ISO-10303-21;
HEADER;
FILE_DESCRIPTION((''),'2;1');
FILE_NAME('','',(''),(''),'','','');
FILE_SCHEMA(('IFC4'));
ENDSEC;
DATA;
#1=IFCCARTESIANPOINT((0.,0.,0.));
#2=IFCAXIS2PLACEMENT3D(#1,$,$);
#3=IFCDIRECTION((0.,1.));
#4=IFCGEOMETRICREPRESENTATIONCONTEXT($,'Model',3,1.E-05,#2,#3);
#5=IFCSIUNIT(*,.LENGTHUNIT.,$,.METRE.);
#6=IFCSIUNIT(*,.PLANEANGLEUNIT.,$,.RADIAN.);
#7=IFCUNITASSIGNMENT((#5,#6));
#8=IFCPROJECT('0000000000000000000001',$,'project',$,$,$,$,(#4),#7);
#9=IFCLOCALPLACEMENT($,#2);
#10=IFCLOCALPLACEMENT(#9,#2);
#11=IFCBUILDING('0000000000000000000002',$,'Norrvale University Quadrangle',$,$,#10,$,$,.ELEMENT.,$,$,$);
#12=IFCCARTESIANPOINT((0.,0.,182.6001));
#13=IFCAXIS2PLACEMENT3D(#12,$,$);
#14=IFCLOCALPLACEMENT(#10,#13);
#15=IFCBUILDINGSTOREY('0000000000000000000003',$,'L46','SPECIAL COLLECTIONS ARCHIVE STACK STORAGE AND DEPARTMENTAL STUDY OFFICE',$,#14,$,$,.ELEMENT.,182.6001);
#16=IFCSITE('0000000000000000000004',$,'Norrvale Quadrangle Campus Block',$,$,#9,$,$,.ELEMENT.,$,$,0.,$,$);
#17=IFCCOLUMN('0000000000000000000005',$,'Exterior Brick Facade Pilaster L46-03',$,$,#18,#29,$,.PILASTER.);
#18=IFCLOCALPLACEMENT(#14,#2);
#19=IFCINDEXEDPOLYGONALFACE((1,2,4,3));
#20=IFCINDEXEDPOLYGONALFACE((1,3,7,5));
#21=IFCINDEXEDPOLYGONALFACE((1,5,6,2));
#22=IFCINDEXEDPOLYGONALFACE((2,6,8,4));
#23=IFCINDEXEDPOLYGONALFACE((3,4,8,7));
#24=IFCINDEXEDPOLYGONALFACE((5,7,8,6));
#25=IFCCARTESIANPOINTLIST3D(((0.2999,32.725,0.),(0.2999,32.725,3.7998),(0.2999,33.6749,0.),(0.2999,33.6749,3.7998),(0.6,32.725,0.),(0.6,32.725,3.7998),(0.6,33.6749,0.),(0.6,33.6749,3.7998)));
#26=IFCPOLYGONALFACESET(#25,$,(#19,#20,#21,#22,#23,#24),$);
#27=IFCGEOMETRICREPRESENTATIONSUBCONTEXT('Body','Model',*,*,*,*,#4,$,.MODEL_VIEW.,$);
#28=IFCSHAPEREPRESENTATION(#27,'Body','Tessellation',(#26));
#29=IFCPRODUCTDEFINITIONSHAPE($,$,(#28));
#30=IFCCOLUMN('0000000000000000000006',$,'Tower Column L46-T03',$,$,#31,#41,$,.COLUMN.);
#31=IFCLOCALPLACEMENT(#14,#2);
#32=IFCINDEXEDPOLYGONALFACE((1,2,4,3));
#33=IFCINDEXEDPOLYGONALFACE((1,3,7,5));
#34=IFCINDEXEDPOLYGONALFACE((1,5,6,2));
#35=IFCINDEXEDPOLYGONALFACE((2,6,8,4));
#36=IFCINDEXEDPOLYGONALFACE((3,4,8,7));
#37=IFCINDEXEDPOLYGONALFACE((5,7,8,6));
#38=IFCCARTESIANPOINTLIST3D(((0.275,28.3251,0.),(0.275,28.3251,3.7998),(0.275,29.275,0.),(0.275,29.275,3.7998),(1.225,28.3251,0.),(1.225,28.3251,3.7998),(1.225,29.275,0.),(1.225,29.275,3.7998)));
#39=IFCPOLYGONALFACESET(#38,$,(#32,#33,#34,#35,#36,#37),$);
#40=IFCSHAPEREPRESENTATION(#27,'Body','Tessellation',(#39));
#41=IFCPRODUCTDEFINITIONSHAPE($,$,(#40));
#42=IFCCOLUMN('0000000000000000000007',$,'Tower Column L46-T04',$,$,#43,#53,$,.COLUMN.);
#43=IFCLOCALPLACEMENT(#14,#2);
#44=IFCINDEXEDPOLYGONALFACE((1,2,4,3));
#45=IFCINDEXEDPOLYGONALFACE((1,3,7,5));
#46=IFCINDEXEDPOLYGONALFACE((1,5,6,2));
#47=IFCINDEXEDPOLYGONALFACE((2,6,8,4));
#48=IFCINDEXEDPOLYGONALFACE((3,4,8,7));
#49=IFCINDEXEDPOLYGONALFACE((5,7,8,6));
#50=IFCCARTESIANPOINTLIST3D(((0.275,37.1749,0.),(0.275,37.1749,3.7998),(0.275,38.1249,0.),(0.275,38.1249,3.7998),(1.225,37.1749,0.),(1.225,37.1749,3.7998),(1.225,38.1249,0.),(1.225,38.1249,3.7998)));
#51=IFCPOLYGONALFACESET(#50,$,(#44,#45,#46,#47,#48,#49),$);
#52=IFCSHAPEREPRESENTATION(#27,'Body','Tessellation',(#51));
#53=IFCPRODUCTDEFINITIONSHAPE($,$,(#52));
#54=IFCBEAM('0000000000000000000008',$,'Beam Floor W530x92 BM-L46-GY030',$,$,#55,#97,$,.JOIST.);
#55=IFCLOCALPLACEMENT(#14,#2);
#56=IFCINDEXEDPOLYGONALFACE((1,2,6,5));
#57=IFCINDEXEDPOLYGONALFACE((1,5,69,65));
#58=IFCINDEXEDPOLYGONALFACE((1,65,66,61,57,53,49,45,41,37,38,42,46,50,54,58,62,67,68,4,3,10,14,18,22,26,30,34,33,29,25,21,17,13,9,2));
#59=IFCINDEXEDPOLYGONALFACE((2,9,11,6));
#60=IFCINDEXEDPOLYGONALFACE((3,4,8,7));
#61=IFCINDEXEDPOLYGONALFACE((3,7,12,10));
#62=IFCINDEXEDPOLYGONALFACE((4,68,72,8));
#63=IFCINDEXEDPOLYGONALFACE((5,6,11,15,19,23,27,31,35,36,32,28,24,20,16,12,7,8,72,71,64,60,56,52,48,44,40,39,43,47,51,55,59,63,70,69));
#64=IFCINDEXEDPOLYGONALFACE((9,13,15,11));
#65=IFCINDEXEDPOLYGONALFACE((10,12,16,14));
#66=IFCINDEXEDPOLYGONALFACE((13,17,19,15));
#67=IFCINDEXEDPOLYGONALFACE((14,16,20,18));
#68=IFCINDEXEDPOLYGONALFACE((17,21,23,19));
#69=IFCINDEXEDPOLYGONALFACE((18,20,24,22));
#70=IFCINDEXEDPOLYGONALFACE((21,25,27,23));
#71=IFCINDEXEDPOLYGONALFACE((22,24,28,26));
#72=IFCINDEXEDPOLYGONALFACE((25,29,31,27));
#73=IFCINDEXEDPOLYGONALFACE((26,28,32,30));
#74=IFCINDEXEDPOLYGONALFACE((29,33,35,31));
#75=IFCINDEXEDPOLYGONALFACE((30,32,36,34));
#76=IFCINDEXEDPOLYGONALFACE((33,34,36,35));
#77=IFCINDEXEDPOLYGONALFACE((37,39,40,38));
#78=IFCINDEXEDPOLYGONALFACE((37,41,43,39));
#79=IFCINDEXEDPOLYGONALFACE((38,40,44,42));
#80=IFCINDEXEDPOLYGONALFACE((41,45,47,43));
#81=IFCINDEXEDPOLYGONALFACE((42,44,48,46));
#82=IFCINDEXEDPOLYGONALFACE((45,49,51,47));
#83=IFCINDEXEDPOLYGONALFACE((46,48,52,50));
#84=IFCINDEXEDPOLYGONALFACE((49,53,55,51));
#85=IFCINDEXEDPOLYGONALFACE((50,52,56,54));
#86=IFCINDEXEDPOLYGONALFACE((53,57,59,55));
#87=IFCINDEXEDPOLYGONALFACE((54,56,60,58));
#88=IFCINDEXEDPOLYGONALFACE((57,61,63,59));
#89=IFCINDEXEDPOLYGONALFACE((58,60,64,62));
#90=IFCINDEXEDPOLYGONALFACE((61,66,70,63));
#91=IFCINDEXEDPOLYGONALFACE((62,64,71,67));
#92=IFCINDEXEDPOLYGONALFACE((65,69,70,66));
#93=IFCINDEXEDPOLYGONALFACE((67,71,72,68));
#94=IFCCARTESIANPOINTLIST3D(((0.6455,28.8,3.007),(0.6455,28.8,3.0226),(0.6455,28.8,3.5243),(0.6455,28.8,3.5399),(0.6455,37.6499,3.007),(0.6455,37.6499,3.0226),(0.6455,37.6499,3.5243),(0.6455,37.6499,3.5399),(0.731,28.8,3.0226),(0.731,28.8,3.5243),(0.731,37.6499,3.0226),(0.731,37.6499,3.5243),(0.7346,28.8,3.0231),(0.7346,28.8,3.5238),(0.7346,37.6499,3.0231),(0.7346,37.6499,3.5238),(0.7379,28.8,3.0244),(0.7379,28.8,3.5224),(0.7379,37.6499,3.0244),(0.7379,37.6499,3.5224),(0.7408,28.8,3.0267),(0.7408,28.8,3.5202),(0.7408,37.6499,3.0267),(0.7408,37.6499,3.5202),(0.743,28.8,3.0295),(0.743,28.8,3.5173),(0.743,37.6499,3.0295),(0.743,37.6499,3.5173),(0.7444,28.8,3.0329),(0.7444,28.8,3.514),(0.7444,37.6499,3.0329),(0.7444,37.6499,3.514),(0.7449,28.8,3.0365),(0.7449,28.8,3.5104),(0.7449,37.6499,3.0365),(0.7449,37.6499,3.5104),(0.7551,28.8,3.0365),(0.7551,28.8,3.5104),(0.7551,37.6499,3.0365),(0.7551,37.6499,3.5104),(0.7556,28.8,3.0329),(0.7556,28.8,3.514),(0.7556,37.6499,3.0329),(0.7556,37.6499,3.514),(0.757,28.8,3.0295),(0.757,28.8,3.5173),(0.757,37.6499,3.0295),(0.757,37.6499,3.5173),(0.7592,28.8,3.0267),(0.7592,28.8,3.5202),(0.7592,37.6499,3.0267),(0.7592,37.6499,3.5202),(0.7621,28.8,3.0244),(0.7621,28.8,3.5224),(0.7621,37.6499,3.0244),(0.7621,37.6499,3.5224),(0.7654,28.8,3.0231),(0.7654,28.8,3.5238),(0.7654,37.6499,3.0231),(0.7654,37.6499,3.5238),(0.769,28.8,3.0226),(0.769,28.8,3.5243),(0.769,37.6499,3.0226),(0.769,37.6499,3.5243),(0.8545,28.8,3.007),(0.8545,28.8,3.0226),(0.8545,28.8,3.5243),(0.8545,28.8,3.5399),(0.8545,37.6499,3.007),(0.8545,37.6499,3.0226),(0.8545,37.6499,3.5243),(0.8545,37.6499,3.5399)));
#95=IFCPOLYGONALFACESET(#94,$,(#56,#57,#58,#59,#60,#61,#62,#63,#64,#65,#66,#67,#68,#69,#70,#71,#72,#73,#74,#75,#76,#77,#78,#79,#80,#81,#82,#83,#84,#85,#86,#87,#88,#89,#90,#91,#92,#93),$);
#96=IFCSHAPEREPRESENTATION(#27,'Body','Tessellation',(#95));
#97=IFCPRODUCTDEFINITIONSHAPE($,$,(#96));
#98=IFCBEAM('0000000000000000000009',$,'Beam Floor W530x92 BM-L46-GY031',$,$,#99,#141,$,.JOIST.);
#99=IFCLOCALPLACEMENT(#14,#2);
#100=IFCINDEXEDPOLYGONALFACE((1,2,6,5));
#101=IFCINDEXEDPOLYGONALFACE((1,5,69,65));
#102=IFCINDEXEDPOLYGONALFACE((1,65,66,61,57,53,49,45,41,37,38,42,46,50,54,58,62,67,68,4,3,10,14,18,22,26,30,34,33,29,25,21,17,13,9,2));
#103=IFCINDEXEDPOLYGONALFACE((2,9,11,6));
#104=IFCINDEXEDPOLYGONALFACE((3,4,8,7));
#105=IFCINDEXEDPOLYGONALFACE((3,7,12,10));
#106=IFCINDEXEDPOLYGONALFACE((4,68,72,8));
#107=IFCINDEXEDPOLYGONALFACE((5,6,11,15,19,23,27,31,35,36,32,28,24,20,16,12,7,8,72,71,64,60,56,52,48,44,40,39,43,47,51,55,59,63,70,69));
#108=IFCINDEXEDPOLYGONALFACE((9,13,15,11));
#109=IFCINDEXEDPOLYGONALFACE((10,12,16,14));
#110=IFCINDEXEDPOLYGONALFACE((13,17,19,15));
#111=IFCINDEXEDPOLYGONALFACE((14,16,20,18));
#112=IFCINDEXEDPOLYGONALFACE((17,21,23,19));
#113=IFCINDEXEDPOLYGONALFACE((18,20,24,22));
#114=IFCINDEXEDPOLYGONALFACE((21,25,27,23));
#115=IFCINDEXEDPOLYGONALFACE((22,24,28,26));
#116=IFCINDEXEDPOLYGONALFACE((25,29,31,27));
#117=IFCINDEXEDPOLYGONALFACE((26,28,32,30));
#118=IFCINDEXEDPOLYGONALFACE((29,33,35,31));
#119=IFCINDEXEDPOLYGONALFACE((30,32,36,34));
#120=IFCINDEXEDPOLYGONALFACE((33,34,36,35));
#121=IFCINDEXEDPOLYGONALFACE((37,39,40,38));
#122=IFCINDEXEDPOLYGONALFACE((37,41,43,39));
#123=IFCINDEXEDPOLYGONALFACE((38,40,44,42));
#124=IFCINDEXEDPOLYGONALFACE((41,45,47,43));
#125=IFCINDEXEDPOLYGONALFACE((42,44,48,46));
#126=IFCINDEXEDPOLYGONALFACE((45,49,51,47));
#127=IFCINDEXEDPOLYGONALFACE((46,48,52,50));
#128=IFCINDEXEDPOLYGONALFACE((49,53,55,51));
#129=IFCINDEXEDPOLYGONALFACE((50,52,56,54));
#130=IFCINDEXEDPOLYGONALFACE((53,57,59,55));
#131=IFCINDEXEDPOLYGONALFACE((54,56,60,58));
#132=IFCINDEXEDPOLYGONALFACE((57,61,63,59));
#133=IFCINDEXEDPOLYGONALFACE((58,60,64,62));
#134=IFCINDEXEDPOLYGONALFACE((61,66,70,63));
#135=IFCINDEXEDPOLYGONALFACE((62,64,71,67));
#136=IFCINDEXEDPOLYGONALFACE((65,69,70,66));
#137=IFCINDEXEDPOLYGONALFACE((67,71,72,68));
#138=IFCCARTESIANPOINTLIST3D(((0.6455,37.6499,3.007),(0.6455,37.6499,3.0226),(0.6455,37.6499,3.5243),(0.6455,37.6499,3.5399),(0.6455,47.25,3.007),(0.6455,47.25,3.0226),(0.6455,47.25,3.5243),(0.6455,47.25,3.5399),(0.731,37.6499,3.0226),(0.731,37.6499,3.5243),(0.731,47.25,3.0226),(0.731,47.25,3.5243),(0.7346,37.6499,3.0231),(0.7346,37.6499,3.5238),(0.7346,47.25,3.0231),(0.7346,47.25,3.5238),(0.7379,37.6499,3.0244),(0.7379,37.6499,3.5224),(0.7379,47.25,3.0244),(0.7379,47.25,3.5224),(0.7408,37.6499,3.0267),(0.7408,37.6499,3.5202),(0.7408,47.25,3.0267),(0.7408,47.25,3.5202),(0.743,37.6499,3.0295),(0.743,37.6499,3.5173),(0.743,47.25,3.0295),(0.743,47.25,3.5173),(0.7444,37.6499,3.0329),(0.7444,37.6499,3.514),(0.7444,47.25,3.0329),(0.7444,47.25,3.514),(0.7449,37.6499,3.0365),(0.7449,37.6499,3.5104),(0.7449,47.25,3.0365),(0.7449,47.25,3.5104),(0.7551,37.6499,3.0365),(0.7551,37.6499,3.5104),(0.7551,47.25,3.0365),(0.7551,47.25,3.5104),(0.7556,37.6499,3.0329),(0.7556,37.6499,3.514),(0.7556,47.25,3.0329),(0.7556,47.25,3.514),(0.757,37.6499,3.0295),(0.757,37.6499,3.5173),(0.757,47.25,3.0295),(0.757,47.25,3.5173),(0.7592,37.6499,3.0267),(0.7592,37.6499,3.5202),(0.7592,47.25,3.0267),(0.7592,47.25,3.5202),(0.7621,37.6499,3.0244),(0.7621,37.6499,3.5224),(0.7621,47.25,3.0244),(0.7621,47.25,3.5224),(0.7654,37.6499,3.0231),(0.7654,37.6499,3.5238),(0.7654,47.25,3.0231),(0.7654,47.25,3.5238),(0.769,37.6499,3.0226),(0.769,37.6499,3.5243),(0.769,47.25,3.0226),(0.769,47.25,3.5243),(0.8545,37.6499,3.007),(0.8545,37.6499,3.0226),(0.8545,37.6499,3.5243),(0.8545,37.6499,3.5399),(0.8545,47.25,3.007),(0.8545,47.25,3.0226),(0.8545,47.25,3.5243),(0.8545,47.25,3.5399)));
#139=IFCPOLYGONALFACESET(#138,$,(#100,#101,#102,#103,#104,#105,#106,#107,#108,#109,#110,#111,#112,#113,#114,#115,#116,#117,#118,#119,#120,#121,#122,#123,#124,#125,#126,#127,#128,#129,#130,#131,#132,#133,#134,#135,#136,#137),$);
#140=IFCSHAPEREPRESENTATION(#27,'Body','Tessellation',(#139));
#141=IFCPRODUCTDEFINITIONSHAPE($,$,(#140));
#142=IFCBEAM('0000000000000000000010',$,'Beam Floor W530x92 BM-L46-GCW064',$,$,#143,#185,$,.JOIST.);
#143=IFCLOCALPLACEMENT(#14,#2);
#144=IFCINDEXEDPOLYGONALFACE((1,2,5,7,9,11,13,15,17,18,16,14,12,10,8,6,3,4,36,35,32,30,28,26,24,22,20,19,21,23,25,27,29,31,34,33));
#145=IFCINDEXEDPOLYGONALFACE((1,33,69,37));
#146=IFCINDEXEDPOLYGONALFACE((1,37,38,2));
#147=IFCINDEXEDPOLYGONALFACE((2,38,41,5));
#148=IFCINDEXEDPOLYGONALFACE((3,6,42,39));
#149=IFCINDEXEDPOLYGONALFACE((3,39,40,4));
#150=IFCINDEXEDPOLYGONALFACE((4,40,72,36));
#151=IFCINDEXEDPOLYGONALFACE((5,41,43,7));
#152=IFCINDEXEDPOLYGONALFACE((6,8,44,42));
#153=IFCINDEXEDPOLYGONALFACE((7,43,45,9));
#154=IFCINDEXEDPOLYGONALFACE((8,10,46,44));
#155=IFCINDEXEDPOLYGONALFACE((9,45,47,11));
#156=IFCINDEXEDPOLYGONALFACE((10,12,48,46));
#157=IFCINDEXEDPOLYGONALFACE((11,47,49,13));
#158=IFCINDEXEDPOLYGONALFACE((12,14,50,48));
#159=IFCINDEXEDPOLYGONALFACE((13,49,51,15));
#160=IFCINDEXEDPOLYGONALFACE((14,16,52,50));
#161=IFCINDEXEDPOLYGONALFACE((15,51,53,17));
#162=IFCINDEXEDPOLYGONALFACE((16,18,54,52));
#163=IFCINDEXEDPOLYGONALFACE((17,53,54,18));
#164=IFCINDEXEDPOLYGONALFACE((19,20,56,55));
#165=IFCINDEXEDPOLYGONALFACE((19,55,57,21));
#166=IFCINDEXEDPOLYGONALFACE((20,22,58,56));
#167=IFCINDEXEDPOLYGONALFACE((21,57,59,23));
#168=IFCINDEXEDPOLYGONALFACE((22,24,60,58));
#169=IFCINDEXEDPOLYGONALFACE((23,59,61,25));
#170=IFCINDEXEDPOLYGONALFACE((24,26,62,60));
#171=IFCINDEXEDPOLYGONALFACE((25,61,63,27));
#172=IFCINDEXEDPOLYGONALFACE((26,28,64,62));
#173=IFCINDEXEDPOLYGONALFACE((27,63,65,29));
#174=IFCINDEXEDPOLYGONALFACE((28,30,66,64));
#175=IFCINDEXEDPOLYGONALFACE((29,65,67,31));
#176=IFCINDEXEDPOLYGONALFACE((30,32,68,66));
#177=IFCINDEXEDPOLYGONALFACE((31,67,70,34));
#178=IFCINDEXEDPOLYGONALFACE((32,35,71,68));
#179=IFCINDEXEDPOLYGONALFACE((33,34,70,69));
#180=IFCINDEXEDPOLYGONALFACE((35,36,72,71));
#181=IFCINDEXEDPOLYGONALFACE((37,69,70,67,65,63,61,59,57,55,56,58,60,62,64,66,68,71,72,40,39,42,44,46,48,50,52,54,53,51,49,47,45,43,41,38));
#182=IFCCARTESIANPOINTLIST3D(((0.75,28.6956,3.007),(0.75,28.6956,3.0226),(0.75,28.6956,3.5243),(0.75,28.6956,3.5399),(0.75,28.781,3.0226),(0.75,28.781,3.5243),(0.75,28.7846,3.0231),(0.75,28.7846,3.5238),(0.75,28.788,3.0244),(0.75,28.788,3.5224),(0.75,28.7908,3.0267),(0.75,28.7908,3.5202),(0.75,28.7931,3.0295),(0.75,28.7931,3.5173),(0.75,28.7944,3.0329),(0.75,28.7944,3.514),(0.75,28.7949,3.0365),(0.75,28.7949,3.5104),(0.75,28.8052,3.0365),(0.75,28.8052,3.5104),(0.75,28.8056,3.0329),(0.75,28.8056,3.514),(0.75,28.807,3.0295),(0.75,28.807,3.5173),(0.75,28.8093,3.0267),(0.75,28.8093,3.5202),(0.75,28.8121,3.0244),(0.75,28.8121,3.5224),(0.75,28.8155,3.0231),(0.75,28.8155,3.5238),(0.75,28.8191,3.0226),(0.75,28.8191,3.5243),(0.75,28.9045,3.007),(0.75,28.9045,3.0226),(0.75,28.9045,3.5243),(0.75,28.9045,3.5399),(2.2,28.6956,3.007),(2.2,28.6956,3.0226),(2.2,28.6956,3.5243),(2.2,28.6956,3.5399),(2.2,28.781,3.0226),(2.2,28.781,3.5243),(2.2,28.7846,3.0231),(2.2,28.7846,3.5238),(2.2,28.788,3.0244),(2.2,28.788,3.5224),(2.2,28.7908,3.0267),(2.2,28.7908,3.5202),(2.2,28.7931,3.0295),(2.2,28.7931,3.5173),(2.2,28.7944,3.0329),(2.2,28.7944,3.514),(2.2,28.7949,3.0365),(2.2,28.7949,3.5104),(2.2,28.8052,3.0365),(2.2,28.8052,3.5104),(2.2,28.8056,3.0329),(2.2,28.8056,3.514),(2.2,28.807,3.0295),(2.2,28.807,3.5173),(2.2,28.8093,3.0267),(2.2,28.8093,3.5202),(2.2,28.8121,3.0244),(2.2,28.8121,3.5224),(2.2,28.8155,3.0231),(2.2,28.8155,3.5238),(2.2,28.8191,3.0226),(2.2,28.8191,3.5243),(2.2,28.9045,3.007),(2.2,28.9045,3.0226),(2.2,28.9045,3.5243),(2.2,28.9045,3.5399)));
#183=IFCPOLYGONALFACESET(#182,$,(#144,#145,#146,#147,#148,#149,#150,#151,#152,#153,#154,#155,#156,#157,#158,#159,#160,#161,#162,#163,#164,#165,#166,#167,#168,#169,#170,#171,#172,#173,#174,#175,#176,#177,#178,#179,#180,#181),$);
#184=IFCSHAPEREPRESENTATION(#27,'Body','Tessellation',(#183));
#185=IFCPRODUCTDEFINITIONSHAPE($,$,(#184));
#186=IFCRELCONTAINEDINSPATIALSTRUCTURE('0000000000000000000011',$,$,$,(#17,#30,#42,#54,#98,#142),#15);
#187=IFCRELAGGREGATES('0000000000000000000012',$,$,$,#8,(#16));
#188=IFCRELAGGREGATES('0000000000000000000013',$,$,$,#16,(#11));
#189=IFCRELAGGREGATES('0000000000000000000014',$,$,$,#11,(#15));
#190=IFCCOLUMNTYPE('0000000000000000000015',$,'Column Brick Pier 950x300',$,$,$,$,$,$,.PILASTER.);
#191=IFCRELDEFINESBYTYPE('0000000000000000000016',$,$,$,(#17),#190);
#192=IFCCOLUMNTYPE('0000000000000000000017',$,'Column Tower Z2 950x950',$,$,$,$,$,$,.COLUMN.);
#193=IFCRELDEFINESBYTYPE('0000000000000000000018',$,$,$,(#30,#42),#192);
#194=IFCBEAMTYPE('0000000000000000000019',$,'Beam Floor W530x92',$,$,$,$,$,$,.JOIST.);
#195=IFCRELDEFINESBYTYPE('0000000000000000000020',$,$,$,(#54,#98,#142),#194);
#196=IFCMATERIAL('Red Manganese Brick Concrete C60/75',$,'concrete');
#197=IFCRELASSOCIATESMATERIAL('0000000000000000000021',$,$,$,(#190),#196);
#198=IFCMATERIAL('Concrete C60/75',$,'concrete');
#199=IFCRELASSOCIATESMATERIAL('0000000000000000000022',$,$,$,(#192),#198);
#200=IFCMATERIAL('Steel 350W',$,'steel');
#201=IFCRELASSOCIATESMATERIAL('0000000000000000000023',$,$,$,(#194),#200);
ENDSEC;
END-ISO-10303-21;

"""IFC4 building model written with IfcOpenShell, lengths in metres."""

from ifc_helpers import new_model, si_unit, direction, frame, origin, origin_2d, place, context, subcontext, project, spatial, rectangle, i_section, extrude, material, material_profile, profile_set, type_object, element, save


model = new_model("IFC4")

# Units and contexts
model_context = context("Model", 3, precision=1e-05, world=origin(), true_north=direction((0.0, 1.0)))
body_context = subcontext(model_context, "Body", "Model", "MODEL_VIEW")
ifc_project = project(units=[si_unit("LENGTHUNIT", "METRE"), si_unit("PLANEANGLEUNIT", "RADIAN")], contexts=[model_context])

# Site, building, storey
site_placement = place(None, origin())
site = spatial("IfcSite", under=ifc_project, at=site_placement, Name="Norrvale Quadrangle Campus Block", CompositionType="ELEMENT", RefElevation=0.0)
building_placement = place(site_placement, origin())
building = spatial("IfcBuilding", under=site, at=building_placement, Name="Norrvale University Quadrangle", CompositionType="ELEMENT")
storey_placement = place(building_placement, frame((0.0, 0.0, 182.6001)))
storey = spatial("IfcBuildingStorey", under=building, at=storey_placement, Name="L46", Description="SPECIAL COLLECTIONS ARCHIVE STACK STORAGE AND DEPARTMENTAL STUDY OFFICE", CompositionType="ELEMENT", Elevation=182.6001)

# Columns
ifc_material_1 = material(Name="Red Manganese Brick Concrete C60/75", Category="concrete")
ifc_material_profile_1 = material_profile(ifc_material_1, rectangle(XDim=0.95, YDim=0.3, at=origin_2d()), Name="Red Manganese Brick Concrete C60/75")
ifc_profile_set_1 = profile_set([ifc_material_profile_1], Name="Red Manganese Brick Concrete C60/75")
column_type_1 = type_object("IfcColumnType", Name="Column Brick Pier 950x300", PredefinedType="PILASTER", material=ifc_profile_set_1)
column_placement = place(storey_placement, frame((0.45, 33.2, 0.0), z_axis=(0.0, 0.0, 1.0), x_axis=(0.0, 1.0, 0.0)))
element("IfcColumn", 1, at=column_placement, inside=storey, type_object=column_type_1, Name="Exterior Brick Facade Pilaster L46-03", PredefinedType="PILASTER", context=body_context, shape_type="SweptSolid", body=[
    extrude(rectangle(XDim=0.95, YDim=0.3, at=origin_2d()), origin(), (0.0, 0.0, 1.0), 3.7998),
])
ifc_material_2 = material(Name="Concrete C60/75", Category="concrete")
ifc_material_profile_2 = material_profile(ifc_material_2, rectangle(XDim=0.95, YDim=0.95, at=origin_2d()), Name="Concrete C60/75")
ifc_profile_set_2 = profile_set([ifc_material_profile_2], Name="Concrete C60/75")
column_type_2 = type_object("IfcColumnType", Name="Column Tower Z2 950x950", PredefinedType="COLUMN", material=ifc_profile_set_2)
for number, where, z_axis, x_axis, name in (
    (2, (0.75, 28.8, 0.0), (0.0, 0.0, 1.0), (1.0, 0.0, 0.0), "Tower Column L46-T03"),
    (3, (0.75, 37.6499, 0.0), (0.0, 0.0, 1.0), (1.0, 0.0, 0.0), "Tower Column L46-T04"),
):
    element("IfcColumn", number, at=place(storey_placement, frame(where, z_axis=z_axis, x_axis=x_axis)), inside=storey, type_object=column_type_2, Name=name, PredefinedType="COLUMN", context=body_context, shape_type="SweptSolid", body=[
        extrude(rectangle(XDim=0.95, YDim=0.95, at=origin_2d()), origin(), (0.0, 0.0, 1.0), 3.7998),
    ])

# Beams
ifc_material_3 = material(Name="Steel 350W", Category="steel")
ifc_material_profile_3 = material_profile(ifc_material_3, i_section(OverallWidth=0.209, OverallDepth=0.533, WebThickness=0.0103, FlangeThickness=0.0156, FilletRadius=0.0139, at=origin_2d()), Name="Steel 350W")
ifc_profile_set_3 = profile_set([ifc_material_profile_3], Name="Steel 350W")
beam_type = type_object("IfcBeamType", Name="Beam Floor W530x92", PredefinedType="JOIST", material=ifc_profile_set_3)
beam_1_placement = place(storey_placement, frame((0.75, 28.8, 3.2734), z_axis=(0.0, 1.0, 0.0), x_axis=(-1.0, 0.0, 0.0)))
element("IfcBeam", 4, at=beam_1_placement, inside=storey, type_object=beam_type, Name="Beam Floor W530x92 BM-L46-GY030", PredefinedType="JOIST", context=body_context, shape_type="SweptSolid", body=[
    extrude(i_section(OverallWidth=0.209, OverallDepth=0.533, WebThickness=0.0103, FlangeThickness=0.0156, FilletRadius=0.0139, at=origin_2d()), origin(), (0.0, 0.0, 1.0), 8.8499),
])
beam_2_placement = place(storey_placement, frame((0.75, 37.6499, 3.2734), z_axis=(0.0, 1.0, 0.0), x_axis=(-1.0, 0.0, 0.0)))
element("IfcBeam", 5, at=beam_2_placement, inside=storey, type_object=beam_type, Name="Beam Floor W530x92 BM-L46-GY031", PredefinedType="JOIST", context=body_context, shape_type="SweptSolid", body=[
    extrude(i_section(OverallWidth=0.209, OverallDepth=0.533, WebThickness=0.0103, FlangeThickness=0.0156, FilletRadius=0.0139, at=origin_2d()), origin(), (0.0, 0.0, 1.0), 9.6001),
])
for number, where, z_axis, x_axis, name in (
    (6, (0.75, 28.8, 3.2734), (1.0, 0.0, 0.0), (0.0, 1.0, 0.0), "Beam Floor W530x92 BM-L46-GCW064"),
):
    element("IfcBeam", number, at=place(storey_placement, frame(where, z_axis=z_axis, x_axis=x_axis)), inside=storey, type_object=beam_type, Name=name, PredefinedType="JOIST", context=body_context, shape_type="SweptSolid", body=[
        extrude(i_section(OverallWidth=0.209, OverallDepth=0.533, WebThickness=0.0103, FlangeThickness=0.0156, FilletRadius=0.0139, at=origin_2d()), origin(), (0.0, 0.0, 1.0), 1.45),
    ])

save(model, "model.ifc")
